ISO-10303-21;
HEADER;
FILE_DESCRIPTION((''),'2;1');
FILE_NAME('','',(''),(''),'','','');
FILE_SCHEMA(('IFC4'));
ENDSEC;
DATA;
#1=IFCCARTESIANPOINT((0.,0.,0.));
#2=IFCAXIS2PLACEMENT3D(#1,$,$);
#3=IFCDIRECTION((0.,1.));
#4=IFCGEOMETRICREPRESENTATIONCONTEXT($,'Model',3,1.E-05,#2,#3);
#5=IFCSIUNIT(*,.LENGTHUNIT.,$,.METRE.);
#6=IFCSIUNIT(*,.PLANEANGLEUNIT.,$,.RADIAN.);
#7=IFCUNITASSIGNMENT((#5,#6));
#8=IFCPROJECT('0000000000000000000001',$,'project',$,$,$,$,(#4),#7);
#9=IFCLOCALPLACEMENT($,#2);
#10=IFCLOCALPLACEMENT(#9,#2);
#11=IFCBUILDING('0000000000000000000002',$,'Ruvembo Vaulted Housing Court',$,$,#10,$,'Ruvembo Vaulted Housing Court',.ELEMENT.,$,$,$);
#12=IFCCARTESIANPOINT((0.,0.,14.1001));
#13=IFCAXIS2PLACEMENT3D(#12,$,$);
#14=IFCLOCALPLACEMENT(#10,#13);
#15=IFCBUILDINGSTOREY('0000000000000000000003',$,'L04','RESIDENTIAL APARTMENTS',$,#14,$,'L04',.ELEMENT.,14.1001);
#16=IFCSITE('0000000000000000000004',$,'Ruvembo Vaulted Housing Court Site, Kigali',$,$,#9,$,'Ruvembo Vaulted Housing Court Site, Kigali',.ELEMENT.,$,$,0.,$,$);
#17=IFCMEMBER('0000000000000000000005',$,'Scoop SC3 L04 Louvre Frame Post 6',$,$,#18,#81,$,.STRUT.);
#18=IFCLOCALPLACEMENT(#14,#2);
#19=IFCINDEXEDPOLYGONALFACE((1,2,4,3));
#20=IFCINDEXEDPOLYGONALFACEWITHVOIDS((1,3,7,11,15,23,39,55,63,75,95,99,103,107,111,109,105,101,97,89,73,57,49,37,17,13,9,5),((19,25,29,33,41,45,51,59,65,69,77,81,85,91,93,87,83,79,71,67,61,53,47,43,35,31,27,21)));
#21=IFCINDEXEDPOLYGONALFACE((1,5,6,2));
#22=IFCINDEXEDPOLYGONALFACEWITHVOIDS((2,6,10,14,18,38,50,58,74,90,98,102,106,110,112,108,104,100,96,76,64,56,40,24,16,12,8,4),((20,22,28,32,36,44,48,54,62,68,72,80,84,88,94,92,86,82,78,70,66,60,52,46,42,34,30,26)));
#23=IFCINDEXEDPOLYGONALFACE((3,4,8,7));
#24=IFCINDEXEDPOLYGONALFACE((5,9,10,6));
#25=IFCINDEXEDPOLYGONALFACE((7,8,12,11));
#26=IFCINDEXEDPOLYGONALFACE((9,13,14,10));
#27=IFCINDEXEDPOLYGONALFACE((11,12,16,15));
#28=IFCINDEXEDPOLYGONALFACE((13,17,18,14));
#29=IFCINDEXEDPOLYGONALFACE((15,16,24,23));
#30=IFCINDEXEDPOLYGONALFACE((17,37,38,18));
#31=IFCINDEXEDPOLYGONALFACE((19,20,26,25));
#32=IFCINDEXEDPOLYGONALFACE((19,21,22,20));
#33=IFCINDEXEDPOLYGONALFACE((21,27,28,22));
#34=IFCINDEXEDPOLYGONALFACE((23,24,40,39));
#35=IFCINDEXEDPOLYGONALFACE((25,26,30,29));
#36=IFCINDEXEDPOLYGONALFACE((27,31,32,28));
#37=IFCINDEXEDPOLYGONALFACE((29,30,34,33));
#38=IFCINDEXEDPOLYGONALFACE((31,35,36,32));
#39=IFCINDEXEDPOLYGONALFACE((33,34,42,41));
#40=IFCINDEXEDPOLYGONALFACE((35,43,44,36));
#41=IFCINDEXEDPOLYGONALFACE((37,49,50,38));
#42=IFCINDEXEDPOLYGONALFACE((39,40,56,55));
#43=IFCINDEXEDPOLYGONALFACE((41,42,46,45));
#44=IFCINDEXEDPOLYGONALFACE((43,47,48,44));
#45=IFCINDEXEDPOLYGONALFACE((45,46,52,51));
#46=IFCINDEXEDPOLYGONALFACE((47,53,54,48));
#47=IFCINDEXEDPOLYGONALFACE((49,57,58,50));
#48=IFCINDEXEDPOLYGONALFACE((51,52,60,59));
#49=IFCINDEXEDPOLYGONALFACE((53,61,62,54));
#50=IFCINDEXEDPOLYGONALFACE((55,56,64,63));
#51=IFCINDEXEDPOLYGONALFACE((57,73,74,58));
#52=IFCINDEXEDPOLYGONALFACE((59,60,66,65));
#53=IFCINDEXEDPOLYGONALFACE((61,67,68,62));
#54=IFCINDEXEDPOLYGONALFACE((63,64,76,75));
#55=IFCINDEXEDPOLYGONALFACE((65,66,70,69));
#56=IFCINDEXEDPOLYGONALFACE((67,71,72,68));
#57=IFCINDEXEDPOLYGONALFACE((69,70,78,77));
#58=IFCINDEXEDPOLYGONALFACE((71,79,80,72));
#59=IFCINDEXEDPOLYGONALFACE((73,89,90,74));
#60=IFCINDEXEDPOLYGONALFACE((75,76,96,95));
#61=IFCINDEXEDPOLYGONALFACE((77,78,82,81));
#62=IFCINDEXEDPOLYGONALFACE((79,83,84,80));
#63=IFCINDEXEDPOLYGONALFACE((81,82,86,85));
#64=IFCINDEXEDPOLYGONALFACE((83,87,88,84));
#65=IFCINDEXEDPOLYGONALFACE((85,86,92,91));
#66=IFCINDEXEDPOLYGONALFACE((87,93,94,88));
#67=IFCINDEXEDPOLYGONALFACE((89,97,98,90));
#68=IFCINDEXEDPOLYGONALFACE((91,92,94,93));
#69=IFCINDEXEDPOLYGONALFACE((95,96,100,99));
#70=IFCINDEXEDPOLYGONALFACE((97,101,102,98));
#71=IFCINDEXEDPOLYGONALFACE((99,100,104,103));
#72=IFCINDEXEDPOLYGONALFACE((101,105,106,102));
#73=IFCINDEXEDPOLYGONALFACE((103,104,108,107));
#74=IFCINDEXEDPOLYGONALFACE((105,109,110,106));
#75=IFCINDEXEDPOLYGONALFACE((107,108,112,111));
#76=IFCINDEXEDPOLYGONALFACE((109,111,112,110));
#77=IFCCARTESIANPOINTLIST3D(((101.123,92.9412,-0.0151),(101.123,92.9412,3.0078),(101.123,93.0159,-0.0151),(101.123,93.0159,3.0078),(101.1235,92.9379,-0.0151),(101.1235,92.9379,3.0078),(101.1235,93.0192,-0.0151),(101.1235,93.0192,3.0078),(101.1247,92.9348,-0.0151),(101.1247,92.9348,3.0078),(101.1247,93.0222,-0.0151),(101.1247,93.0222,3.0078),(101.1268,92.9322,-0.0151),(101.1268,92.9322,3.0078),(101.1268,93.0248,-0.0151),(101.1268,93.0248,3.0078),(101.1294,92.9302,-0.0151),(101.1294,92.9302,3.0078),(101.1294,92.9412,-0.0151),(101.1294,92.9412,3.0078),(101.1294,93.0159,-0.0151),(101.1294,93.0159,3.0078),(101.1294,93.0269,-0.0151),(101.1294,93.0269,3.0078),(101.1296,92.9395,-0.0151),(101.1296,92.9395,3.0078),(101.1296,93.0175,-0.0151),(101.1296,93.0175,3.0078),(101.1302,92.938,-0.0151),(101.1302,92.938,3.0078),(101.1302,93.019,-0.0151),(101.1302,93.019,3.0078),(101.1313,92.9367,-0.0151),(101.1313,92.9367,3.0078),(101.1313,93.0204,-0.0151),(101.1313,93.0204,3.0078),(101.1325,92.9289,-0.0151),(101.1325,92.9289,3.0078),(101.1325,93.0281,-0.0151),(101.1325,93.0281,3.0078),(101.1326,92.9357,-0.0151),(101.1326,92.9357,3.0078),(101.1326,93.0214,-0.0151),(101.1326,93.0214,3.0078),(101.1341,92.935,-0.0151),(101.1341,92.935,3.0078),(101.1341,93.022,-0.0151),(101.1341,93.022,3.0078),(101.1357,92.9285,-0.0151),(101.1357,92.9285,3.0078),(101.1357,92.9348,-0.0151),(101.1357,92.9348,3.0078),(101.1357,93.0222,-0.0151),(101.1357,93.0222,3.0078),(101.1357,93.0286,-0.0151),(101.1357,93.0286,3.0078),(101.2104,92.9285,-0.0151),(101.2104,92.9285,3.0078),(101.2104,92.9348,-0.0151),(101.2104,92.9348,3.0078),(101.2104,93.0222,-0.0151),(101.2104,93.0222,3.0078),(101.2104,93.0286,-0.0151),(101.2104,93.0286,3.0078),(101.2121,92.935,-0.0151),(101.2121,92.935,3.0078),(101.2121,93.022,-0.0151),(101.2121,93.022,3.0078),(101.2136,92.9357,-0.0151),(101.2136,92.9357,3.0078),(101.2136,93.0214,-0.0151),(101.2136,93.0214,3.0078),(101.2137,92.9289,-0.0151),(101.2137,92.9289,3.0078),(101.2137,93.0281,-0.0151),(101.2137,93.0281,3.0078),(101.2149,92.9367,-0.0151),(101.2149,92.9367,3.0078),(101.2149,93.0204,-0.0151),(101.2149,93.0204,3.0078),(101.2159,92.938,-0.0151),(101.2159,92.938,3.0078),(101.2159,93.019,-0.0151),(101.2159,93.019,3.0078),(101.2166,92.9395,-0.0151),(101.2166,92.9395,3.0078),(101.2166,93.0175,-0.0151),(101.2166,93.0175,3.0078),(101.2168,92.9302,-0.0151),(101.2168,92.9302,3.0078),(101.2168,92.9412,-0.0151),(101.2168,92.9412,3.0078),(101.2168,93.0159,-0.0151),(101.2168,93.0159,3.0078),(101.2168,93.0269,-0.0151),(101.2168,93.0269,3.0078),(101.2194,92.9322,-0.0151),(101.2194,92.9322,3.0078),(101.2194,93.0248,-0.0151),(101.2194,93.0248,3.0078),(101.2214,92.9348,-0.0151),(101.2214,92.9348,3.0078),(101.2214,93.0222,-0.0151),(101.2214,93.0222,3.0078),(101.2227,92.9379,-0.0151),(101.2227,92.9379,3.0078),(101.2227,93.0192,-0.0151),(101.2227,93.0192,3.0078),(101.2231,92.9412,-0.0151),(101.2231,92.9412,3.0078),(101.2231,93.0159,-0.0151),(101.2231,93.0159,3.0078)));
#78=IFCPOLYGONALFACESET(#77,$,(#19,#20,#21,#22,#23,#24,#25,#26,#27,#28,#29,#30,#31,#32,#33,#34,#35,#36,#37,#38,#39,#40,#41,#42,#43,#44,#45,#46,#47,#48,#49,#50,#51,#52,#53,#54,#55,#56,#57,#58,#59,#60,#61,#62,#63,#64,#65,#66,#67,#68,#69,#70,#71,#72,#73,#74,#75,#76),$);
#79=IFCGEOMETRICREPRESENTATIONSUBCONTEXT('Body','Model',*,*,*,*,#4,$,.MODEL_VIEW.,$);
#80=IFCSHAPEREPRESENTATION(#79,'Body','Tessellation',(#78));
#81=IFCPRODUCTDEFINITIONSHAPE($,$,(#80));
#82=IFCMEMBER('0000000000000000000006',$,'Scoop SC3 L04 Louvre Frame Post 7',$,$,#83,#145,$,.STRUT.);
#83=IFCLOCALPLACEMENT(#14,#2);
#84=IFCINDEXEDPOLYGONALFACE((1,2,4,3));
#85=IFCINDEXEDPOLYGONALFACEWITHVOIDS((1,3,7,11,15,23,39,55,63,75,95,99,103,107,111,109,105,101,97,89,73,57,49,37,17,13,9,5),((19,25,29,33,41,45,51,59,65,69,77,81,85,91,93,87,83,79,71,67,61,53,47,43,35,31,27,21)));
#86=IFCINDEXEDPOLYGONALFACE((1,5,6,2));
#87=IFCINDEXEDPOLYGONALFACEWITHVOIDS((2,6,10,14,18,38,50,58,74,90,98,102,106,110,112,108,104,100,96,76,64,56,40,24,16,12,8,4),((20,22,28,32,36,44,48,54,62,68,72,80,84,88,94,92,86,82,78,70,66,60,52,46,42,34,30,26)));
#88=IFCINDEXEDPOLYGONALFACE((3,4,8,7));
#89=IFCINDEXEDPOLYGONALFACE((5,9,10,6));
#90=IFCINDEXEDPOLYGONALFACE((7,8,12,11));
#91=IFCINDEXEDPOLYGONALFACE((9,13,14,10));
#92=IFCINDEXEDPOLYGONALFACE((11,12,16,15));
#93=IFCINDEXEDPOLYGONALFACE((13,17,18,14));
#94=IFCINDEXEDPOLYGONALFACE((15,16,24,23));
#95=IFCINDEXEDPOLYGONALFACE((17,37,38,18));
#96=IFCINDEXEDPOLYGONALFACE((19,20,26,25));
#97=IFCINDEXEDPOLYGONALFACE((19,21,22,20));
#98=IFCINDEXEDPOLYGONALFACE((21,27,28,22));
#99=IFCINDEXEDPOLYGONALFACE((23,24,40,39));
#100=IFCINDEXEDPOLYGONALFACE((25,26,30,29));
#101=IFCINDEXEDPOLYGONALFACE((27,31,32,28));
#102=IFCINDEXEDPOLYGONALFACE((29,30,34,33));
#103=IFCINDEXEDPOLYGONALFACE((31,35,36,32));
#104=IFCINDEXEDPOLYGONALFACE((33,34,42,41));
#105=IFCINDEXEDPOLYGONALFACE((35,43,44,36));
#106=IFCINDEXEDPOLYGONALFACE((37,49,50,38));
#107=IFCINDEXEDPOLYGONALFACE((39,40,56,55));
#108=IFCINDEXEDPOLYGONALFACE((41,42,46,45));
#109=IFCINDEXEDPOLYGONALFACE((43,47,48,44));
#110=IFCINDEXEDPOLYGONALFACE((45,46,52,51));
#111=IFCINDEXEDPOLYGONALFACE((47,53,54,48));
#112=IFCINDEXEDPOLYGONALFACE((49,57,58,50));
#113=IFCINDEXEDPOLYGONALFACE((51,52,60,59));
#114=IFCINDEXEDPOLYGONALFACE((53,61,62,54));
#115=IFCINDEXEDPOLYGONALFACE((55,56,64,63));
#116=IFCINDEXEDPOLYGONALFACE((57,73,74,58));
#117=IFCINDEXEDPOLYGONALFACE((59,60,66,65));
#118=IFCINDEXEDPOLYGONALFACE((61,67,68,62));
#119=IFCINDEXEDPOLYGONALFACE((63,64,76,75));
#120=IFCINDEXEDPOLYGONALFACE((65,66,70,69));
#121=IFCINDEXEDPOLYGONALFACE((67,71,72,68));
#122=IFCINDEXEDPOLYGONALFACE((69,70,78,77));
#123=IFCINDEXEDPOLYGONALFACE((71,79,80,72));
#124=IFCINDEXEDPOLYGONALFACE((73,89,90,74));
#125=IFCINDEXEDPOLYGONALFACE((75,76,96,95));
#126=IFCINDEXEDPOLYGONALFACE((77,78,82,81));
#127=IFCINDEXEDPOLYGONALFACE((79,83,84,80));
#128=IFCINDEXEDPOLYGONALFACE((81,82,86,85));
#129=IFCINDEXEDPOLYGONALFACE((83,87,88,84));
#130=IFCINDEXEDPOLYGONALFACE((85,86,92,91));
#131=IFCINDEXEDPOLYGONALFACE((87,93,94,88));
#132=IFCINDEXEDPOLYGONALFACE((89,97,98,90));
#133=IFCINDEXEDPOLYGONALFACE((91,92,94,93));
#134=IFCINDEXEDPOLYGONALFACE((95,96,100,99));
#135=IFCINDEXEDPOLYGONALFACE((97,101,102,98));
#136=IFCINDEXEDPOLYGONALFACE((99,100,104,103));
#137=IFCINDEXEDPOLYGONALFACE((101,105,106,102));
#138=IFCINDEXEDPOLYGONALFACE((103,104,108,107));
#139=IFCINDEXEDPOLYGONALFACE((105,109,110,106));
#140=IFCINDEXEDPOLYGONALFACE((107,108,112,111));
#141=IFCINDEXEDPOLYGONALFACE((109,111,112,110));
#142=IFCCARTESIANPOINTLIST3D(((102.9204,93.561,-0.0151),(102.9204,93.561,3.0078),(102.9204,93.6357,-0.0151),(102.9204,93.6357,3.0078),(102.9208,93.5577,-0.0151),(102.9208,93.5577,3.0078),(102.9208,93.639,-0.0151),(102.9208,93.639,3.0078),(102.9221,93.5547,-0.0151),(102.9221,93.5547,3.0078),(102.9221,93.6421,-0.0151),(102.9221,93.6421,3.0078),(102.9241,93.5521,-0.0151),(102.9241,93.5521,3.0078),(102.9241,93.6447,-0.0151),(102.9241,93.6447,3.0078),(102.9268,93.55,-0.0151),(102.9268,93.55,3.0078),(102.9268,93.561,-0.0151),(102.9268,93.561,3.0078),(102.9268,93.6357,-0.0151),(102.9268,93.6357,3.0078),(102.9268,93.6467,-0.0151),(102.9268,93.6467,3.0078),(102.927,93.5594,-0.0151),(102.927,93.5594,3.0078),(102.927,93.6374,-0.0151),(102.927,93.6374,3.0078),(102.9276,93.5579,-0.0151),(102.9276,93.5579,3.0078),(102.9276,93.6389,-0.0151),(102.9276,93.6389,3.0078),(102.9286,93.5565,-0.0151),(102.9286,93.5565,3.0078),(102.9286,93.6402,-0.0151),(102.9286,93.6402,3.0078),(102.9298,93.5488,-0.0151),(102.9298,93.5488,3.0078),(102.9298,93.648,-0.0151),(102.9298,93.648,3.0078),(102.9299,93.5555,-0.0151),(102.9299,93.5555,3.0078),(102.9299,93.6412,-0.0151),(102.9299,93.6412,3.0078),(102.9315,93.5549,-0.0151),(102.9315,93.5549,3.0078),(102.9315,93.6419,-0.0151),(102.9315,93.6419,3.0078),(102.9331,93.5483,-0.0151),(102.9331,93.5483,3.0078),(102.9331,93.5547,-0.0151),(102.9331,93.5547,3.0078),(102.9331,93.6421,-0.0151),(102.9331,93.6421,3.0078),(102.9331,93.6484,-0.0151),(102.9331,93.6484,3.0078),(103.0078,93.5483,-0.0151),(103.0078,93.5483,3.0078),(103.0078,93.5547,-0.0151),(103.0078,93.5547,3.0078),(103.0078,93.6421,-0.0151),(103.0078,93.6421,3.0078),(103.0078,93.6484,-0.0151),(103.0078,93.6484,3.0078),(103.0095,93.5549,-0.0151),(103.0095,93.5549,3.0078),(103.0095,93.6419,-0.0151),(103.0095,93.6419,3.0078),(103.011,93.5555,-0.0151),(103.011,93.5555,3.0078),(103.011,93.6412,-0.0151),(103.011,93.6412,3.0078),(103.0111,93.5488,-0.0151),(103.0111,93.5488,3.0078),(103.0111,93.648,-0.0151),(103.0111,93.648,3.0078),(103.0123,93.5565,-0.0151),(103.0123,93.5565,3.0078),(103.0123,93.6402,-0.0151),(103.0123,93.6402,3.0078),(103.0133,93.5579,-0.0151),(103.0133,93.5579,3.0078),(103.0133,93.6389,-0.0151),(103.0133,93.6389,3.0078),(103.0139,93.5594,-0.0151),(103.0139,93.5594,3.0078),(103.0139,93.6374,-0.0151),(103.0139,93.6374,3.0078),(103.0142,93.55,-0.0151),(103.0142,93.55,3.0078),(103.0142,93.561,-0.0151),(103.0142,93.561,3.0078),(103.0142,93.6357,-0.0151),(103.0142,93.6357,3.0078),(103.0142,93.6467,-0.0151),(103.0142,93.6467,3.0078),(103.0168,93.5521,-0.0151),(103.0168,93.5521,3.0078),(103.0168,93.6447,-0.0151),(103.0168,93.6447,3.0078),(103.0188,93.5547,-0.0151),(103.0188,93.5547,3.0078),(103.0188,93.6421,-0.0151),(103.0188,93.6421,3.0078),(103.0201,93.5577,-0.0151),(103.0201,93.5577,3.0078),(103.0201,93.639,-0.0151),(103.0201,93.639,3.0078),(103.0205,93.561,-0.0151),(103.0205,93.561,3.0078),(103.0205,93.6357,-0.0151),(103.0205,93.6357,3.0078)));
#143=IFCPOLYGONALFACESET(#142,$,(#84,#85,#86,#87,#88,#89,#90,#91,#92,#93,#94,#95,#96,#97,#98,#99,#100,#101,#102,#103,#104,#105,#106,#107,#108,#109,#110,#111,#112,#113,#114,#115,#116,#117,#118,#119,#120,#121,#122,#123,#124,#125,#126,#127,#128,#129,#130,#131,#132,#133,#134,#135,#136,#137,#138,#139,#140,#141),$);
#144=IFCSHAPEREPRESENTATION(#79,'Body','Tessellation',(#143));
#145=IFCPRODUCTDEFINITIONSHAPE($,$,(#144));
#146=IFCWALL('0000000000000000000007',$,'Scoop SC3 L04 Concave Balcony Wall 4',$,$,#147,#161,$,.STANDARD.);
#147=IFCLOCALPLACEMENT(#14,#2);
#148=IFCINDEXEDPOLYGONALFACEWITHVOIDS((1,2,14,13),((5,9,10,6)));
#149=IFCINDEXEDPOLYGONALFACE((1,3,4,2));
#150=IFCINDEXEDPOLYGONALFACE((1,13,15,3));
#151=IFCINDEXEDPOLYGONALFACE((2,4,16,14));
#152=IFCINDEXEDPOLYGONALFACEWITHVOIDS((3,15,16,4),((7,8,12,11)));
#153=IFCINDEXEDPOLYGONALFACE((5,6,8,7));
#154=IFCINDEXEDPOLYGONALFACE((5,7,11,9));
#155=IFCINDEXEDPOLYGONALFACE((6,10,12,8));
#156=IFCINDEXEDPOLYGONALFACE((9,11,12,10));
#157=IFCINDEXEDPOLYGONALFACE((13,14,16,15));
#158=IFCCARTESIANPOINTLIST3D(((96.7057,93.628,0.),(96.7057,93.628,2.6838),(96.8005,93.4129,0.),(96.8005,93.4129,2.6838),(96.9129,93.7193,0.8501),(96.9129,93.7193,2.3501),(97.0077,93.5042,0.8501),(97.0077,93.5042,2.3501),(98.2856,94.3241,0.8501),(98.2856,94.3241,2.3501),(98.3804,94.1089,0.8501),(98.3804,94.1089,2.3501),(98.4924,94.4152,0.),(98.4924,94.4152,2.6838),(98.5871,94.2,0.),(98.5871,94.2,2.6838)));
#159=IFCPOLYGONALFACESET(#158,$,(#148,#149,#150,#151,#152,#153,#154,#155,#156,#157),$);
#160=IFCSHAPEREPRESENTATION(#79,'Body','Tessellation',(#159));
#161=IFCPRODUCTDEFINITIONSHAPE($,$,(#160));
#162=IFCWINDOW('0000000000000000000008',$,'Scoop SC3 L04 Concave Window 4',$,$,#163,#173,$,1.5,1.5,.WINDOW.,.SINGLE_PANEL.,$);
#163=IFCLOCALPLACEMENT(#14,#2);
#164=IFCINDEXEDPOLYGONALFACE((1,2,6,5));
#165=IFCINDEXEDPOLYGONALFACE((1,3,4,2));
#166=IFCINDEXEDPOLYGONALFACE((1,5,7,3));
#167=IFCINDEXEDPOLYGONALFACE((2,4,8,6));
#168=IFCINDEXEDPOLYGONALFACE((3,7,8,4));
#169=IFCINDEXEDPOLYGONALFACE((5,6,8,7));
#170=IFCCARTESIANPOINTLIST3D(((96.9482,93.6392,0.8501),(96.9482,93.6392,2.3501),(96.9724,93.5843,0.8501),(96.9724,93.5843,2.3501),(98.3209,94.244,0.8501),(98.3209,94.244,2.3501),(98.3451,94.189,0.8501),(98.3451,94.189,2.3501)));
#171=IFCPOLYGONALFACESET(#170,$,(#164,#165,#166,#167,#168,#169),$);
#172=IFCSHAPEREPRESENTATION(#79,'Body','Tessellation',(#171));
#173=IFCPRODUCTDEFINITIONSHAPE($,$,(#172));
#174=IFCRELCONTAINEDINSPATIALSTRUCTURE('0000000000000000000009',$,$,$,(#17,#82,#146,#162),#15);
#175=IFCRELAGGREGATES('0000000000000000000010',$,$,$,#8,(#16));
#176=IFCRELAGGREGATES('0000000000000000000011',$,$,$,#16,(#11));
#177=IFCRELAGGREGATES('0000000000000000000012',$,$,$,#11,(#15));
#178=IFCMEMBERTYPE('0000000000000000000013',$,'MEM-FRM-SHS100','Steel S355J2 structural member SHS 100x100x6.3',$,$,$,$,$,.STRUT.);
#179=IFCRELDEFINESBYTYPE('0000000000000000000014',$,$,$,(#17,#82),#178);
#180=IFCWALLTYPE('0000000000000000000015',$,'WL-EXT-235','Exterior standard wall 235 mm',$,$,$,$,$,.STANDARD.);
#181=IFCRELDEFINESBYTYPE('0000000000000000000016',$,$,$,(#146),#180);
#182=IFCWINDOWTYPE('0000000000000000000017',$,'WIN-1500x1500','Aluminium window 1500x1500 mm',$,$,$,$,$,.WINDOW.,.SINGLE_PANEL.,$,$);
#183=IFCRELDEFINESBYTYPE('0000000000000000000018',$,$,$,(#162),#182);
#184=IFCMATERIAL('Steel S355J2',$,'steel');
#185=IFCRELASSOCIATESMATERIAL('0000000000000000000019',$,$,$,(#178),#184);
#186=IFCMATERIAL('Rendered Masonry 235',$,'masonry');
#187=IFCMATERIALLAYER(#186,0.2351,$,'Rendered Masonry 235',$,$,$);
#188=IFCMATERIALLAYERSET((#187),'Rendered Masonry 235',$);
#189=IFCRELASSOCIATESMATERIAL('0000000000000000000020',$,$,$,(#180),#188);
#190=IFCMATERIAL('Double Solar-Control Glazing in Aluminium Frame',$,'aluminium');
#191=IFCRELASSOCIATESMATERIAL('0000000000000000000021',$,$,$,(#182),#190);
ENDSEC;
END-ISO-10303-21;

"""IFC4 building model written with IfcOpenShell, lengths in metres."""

from ifc_helpers import new_model, si_unit, direction, frame, frame_2d, origin, origin_2d, place, context, subcontext, project, spatial, rectangle, hollow_rectangle, extrude, material, layer, layer_set, material_profile, profile_set, type_object, element, fill, save


model = new_model("IFC4")

# Units and contexts
model_context = context("Model", 3, precision=1e-05, world=origin(), true_north=direction((0.0, 1.0)))
body_context = subcontext(model_context, "Body", "Model", "MODEL_VIEW")
ifc_project = project(units=[si_unit("LENGTHUNIT", "METRE"), si_unit("PLANEANGLEUNIT", "RADIAN")], contexts=[model_context])

# Site, building, storey
site_placement = place(None, origin())
site = spatial("IfcSite", under=ifc_project, at=site_placement, Name="Ruvembo Vaulted Housing Court Site, Kigali", LongName="Ruvembo Vaulted Housing Court Site, Kigali", CompositionType="ELEMENT", RefElevation=0.0)
building_placement = place(site_placement, origin())
building = spatial("IfcBuilding", under=site, at=building_placement, Name="Ruvembo Vaulted Housing Court", LongName="Ruvembo Vaulted Housing Court", CompositionType="ELEMENT")
storey_placement = place(building_placement, frame((0.0, 0.0, 14.1001)))
storey = spatial("IfcBuildingStorey", under=building, at=storey_placement, Name="L04", Description="RESIDENTIAL APARTMENTS", LongName="L04", CompositionType="ELEMENT", Elevation=14.1001)

# Shared definitions
ifc_material_1 = material(Name="Steel S355J2", Category="steel")

# Members
ifc_material_profile_1 = material_profile(ifc_material_1, hollow_rectangle(XDim=0.1001, YDim=0.1001, WallThickness=0.0063, InnerFilletRadius=0.0063, OuterFilletRadius=0.0127, at=origin_2d()), Name="SHS 100x100x6.3")
ifc_profile_set_1 = profile_set([ifc_material_profile_1], Name="Steel S355J2")
member_type_1 = type_object("IfcMemberType", Name="MEM-FRM-SHS100", Description="Steel S355J2 structural member SHS 100x100x6.3", PredefinedType="STRUT", material=ifc_profile_set_1)
for number, where, z_axis, x_axis, name in (
    (1, (101.1731, 92.9785, -0.0151), (0.0, 0.0, 1.0), (1.0, 0.0, 0.0), "Scoop SC3 L04 Louvre Frame Post 6"),
    (2, (102.9705, 93.5984, -0.0151), (0.0, 0.0, 1.0), (1.0, 0.0, 0.0), "Scoop SC3 L04 Louvre Frame Post 7"),
):
    element("IfcMember", number, at=place(storey_placement, frame(where, z_axis=z_axis, x_axis=x_axis)), inside=storey, type_object=member_type_1, Name=name, PredefinedType="STRUT", context=body_context, shape_type="SweptSolid", body=[
        extrude(hollow_rectangle(XDim=0.1001, YDim=0.1001, WallThickness=0.0063, InnerFilletRadius=0.0063, OuterFilletRadius=0.0127, at=origin_2d()), origin(), (0.0, 0.0, 1.0), 3.0229),
    ])

# Wall, opening, window
ifc_material_2 = material(Name="Rendered Masonry 235", Category="masonry")
ifc_layer_1 = layer(ifc_material_2, 0.2351, Name="Rendered Masonry 235")
ifc_layer_set_1 = layer_set([ifc_layer_1], Name="Rendered Masonry 235")
wall_type = type_object("IfcWallType", Name="WL-EXT-235", Description="Exterior standard wall 235 mm", PredefinedType="STANDARD", material=ifc_layer_set_1)
wall_placement = place(storey_placement, frame((96.7532, 93.5205, 0.0), z_axis=(0.0, 0.0, 1.0), x_axis=(0.915127, 0.403166, 0.0)))
wall = element("IfcWall", 3, at=wall_placement, inside=storey, type_object=wall_type, Name="Scoop SC3 L04 Concave Balcony Wall 4", PredefinedType="STANDARD", context=body_context, shape_type="SweptSolid", body=[
    extrude(rectangle(XDim=1.9524, YDim=0.2351, at=frame_2d((0.9761, 0.0))), origin(), (0.0, 0.0, 1.0), 2.6838),
])
opening_placement = place(wall_placement, frame((0.2263, 0.0, 0.8501)))
opening = element("IfcOpeningElement", 4, at=opening_placement, cuts=wall, PredefinedType="OPENING", context=body_context, shape_type="SweptSolid", body=[
    extrude(rectangle(XDim=1.5, YDim=1.5, at=frame_2d((0.75, 0.75))), frame((0.0, 0.1274, 0.0), z_axis=(0.0, -1.0, 0.0), x_axis=(1.0, 0.0, 0.0)), (0.0, 0.0, 1.0), 0.2551),
])
ifc_material_3 = material(Name="Double Solar-Control Glazing in Aluminium Frame", Category="aluminium")
window_type = type_object("IfcWindowType", Name="WIN-1500x1500", Description="Aluminium window 1500x1500 mm", PartitioningType="SINGLE_PANEL", PredefinedType="WINDOW", material=ifc_material_3)
window_placement = place(opening_placement, origin())
window = element("IfcWindow", 5, at=window_placement, inside=storey, type_object=window_type, Name="Scoop SC3 L04 Concave Window 4", OverallHeight=1.5, OverallWidth=1.5, PartitioningType="SINGLE_PANEL", PredefinedType="WINDOW", context=body_context, shape_type="SweptSolid", body=[
    extrude(rectangle(XDim=1.5, YDim=1.5, at=frame_2d((0.75, 0.75))), frame((0.0, 0.03, 0.0), z_axis=(0.0, -1.0, 0.0), x_axis=(1.0, 0.0, 0.0)), (0.0, 0.0, 1.0), 0.0601),
])
fill(opening, window)

save(model, "model.ifc")
